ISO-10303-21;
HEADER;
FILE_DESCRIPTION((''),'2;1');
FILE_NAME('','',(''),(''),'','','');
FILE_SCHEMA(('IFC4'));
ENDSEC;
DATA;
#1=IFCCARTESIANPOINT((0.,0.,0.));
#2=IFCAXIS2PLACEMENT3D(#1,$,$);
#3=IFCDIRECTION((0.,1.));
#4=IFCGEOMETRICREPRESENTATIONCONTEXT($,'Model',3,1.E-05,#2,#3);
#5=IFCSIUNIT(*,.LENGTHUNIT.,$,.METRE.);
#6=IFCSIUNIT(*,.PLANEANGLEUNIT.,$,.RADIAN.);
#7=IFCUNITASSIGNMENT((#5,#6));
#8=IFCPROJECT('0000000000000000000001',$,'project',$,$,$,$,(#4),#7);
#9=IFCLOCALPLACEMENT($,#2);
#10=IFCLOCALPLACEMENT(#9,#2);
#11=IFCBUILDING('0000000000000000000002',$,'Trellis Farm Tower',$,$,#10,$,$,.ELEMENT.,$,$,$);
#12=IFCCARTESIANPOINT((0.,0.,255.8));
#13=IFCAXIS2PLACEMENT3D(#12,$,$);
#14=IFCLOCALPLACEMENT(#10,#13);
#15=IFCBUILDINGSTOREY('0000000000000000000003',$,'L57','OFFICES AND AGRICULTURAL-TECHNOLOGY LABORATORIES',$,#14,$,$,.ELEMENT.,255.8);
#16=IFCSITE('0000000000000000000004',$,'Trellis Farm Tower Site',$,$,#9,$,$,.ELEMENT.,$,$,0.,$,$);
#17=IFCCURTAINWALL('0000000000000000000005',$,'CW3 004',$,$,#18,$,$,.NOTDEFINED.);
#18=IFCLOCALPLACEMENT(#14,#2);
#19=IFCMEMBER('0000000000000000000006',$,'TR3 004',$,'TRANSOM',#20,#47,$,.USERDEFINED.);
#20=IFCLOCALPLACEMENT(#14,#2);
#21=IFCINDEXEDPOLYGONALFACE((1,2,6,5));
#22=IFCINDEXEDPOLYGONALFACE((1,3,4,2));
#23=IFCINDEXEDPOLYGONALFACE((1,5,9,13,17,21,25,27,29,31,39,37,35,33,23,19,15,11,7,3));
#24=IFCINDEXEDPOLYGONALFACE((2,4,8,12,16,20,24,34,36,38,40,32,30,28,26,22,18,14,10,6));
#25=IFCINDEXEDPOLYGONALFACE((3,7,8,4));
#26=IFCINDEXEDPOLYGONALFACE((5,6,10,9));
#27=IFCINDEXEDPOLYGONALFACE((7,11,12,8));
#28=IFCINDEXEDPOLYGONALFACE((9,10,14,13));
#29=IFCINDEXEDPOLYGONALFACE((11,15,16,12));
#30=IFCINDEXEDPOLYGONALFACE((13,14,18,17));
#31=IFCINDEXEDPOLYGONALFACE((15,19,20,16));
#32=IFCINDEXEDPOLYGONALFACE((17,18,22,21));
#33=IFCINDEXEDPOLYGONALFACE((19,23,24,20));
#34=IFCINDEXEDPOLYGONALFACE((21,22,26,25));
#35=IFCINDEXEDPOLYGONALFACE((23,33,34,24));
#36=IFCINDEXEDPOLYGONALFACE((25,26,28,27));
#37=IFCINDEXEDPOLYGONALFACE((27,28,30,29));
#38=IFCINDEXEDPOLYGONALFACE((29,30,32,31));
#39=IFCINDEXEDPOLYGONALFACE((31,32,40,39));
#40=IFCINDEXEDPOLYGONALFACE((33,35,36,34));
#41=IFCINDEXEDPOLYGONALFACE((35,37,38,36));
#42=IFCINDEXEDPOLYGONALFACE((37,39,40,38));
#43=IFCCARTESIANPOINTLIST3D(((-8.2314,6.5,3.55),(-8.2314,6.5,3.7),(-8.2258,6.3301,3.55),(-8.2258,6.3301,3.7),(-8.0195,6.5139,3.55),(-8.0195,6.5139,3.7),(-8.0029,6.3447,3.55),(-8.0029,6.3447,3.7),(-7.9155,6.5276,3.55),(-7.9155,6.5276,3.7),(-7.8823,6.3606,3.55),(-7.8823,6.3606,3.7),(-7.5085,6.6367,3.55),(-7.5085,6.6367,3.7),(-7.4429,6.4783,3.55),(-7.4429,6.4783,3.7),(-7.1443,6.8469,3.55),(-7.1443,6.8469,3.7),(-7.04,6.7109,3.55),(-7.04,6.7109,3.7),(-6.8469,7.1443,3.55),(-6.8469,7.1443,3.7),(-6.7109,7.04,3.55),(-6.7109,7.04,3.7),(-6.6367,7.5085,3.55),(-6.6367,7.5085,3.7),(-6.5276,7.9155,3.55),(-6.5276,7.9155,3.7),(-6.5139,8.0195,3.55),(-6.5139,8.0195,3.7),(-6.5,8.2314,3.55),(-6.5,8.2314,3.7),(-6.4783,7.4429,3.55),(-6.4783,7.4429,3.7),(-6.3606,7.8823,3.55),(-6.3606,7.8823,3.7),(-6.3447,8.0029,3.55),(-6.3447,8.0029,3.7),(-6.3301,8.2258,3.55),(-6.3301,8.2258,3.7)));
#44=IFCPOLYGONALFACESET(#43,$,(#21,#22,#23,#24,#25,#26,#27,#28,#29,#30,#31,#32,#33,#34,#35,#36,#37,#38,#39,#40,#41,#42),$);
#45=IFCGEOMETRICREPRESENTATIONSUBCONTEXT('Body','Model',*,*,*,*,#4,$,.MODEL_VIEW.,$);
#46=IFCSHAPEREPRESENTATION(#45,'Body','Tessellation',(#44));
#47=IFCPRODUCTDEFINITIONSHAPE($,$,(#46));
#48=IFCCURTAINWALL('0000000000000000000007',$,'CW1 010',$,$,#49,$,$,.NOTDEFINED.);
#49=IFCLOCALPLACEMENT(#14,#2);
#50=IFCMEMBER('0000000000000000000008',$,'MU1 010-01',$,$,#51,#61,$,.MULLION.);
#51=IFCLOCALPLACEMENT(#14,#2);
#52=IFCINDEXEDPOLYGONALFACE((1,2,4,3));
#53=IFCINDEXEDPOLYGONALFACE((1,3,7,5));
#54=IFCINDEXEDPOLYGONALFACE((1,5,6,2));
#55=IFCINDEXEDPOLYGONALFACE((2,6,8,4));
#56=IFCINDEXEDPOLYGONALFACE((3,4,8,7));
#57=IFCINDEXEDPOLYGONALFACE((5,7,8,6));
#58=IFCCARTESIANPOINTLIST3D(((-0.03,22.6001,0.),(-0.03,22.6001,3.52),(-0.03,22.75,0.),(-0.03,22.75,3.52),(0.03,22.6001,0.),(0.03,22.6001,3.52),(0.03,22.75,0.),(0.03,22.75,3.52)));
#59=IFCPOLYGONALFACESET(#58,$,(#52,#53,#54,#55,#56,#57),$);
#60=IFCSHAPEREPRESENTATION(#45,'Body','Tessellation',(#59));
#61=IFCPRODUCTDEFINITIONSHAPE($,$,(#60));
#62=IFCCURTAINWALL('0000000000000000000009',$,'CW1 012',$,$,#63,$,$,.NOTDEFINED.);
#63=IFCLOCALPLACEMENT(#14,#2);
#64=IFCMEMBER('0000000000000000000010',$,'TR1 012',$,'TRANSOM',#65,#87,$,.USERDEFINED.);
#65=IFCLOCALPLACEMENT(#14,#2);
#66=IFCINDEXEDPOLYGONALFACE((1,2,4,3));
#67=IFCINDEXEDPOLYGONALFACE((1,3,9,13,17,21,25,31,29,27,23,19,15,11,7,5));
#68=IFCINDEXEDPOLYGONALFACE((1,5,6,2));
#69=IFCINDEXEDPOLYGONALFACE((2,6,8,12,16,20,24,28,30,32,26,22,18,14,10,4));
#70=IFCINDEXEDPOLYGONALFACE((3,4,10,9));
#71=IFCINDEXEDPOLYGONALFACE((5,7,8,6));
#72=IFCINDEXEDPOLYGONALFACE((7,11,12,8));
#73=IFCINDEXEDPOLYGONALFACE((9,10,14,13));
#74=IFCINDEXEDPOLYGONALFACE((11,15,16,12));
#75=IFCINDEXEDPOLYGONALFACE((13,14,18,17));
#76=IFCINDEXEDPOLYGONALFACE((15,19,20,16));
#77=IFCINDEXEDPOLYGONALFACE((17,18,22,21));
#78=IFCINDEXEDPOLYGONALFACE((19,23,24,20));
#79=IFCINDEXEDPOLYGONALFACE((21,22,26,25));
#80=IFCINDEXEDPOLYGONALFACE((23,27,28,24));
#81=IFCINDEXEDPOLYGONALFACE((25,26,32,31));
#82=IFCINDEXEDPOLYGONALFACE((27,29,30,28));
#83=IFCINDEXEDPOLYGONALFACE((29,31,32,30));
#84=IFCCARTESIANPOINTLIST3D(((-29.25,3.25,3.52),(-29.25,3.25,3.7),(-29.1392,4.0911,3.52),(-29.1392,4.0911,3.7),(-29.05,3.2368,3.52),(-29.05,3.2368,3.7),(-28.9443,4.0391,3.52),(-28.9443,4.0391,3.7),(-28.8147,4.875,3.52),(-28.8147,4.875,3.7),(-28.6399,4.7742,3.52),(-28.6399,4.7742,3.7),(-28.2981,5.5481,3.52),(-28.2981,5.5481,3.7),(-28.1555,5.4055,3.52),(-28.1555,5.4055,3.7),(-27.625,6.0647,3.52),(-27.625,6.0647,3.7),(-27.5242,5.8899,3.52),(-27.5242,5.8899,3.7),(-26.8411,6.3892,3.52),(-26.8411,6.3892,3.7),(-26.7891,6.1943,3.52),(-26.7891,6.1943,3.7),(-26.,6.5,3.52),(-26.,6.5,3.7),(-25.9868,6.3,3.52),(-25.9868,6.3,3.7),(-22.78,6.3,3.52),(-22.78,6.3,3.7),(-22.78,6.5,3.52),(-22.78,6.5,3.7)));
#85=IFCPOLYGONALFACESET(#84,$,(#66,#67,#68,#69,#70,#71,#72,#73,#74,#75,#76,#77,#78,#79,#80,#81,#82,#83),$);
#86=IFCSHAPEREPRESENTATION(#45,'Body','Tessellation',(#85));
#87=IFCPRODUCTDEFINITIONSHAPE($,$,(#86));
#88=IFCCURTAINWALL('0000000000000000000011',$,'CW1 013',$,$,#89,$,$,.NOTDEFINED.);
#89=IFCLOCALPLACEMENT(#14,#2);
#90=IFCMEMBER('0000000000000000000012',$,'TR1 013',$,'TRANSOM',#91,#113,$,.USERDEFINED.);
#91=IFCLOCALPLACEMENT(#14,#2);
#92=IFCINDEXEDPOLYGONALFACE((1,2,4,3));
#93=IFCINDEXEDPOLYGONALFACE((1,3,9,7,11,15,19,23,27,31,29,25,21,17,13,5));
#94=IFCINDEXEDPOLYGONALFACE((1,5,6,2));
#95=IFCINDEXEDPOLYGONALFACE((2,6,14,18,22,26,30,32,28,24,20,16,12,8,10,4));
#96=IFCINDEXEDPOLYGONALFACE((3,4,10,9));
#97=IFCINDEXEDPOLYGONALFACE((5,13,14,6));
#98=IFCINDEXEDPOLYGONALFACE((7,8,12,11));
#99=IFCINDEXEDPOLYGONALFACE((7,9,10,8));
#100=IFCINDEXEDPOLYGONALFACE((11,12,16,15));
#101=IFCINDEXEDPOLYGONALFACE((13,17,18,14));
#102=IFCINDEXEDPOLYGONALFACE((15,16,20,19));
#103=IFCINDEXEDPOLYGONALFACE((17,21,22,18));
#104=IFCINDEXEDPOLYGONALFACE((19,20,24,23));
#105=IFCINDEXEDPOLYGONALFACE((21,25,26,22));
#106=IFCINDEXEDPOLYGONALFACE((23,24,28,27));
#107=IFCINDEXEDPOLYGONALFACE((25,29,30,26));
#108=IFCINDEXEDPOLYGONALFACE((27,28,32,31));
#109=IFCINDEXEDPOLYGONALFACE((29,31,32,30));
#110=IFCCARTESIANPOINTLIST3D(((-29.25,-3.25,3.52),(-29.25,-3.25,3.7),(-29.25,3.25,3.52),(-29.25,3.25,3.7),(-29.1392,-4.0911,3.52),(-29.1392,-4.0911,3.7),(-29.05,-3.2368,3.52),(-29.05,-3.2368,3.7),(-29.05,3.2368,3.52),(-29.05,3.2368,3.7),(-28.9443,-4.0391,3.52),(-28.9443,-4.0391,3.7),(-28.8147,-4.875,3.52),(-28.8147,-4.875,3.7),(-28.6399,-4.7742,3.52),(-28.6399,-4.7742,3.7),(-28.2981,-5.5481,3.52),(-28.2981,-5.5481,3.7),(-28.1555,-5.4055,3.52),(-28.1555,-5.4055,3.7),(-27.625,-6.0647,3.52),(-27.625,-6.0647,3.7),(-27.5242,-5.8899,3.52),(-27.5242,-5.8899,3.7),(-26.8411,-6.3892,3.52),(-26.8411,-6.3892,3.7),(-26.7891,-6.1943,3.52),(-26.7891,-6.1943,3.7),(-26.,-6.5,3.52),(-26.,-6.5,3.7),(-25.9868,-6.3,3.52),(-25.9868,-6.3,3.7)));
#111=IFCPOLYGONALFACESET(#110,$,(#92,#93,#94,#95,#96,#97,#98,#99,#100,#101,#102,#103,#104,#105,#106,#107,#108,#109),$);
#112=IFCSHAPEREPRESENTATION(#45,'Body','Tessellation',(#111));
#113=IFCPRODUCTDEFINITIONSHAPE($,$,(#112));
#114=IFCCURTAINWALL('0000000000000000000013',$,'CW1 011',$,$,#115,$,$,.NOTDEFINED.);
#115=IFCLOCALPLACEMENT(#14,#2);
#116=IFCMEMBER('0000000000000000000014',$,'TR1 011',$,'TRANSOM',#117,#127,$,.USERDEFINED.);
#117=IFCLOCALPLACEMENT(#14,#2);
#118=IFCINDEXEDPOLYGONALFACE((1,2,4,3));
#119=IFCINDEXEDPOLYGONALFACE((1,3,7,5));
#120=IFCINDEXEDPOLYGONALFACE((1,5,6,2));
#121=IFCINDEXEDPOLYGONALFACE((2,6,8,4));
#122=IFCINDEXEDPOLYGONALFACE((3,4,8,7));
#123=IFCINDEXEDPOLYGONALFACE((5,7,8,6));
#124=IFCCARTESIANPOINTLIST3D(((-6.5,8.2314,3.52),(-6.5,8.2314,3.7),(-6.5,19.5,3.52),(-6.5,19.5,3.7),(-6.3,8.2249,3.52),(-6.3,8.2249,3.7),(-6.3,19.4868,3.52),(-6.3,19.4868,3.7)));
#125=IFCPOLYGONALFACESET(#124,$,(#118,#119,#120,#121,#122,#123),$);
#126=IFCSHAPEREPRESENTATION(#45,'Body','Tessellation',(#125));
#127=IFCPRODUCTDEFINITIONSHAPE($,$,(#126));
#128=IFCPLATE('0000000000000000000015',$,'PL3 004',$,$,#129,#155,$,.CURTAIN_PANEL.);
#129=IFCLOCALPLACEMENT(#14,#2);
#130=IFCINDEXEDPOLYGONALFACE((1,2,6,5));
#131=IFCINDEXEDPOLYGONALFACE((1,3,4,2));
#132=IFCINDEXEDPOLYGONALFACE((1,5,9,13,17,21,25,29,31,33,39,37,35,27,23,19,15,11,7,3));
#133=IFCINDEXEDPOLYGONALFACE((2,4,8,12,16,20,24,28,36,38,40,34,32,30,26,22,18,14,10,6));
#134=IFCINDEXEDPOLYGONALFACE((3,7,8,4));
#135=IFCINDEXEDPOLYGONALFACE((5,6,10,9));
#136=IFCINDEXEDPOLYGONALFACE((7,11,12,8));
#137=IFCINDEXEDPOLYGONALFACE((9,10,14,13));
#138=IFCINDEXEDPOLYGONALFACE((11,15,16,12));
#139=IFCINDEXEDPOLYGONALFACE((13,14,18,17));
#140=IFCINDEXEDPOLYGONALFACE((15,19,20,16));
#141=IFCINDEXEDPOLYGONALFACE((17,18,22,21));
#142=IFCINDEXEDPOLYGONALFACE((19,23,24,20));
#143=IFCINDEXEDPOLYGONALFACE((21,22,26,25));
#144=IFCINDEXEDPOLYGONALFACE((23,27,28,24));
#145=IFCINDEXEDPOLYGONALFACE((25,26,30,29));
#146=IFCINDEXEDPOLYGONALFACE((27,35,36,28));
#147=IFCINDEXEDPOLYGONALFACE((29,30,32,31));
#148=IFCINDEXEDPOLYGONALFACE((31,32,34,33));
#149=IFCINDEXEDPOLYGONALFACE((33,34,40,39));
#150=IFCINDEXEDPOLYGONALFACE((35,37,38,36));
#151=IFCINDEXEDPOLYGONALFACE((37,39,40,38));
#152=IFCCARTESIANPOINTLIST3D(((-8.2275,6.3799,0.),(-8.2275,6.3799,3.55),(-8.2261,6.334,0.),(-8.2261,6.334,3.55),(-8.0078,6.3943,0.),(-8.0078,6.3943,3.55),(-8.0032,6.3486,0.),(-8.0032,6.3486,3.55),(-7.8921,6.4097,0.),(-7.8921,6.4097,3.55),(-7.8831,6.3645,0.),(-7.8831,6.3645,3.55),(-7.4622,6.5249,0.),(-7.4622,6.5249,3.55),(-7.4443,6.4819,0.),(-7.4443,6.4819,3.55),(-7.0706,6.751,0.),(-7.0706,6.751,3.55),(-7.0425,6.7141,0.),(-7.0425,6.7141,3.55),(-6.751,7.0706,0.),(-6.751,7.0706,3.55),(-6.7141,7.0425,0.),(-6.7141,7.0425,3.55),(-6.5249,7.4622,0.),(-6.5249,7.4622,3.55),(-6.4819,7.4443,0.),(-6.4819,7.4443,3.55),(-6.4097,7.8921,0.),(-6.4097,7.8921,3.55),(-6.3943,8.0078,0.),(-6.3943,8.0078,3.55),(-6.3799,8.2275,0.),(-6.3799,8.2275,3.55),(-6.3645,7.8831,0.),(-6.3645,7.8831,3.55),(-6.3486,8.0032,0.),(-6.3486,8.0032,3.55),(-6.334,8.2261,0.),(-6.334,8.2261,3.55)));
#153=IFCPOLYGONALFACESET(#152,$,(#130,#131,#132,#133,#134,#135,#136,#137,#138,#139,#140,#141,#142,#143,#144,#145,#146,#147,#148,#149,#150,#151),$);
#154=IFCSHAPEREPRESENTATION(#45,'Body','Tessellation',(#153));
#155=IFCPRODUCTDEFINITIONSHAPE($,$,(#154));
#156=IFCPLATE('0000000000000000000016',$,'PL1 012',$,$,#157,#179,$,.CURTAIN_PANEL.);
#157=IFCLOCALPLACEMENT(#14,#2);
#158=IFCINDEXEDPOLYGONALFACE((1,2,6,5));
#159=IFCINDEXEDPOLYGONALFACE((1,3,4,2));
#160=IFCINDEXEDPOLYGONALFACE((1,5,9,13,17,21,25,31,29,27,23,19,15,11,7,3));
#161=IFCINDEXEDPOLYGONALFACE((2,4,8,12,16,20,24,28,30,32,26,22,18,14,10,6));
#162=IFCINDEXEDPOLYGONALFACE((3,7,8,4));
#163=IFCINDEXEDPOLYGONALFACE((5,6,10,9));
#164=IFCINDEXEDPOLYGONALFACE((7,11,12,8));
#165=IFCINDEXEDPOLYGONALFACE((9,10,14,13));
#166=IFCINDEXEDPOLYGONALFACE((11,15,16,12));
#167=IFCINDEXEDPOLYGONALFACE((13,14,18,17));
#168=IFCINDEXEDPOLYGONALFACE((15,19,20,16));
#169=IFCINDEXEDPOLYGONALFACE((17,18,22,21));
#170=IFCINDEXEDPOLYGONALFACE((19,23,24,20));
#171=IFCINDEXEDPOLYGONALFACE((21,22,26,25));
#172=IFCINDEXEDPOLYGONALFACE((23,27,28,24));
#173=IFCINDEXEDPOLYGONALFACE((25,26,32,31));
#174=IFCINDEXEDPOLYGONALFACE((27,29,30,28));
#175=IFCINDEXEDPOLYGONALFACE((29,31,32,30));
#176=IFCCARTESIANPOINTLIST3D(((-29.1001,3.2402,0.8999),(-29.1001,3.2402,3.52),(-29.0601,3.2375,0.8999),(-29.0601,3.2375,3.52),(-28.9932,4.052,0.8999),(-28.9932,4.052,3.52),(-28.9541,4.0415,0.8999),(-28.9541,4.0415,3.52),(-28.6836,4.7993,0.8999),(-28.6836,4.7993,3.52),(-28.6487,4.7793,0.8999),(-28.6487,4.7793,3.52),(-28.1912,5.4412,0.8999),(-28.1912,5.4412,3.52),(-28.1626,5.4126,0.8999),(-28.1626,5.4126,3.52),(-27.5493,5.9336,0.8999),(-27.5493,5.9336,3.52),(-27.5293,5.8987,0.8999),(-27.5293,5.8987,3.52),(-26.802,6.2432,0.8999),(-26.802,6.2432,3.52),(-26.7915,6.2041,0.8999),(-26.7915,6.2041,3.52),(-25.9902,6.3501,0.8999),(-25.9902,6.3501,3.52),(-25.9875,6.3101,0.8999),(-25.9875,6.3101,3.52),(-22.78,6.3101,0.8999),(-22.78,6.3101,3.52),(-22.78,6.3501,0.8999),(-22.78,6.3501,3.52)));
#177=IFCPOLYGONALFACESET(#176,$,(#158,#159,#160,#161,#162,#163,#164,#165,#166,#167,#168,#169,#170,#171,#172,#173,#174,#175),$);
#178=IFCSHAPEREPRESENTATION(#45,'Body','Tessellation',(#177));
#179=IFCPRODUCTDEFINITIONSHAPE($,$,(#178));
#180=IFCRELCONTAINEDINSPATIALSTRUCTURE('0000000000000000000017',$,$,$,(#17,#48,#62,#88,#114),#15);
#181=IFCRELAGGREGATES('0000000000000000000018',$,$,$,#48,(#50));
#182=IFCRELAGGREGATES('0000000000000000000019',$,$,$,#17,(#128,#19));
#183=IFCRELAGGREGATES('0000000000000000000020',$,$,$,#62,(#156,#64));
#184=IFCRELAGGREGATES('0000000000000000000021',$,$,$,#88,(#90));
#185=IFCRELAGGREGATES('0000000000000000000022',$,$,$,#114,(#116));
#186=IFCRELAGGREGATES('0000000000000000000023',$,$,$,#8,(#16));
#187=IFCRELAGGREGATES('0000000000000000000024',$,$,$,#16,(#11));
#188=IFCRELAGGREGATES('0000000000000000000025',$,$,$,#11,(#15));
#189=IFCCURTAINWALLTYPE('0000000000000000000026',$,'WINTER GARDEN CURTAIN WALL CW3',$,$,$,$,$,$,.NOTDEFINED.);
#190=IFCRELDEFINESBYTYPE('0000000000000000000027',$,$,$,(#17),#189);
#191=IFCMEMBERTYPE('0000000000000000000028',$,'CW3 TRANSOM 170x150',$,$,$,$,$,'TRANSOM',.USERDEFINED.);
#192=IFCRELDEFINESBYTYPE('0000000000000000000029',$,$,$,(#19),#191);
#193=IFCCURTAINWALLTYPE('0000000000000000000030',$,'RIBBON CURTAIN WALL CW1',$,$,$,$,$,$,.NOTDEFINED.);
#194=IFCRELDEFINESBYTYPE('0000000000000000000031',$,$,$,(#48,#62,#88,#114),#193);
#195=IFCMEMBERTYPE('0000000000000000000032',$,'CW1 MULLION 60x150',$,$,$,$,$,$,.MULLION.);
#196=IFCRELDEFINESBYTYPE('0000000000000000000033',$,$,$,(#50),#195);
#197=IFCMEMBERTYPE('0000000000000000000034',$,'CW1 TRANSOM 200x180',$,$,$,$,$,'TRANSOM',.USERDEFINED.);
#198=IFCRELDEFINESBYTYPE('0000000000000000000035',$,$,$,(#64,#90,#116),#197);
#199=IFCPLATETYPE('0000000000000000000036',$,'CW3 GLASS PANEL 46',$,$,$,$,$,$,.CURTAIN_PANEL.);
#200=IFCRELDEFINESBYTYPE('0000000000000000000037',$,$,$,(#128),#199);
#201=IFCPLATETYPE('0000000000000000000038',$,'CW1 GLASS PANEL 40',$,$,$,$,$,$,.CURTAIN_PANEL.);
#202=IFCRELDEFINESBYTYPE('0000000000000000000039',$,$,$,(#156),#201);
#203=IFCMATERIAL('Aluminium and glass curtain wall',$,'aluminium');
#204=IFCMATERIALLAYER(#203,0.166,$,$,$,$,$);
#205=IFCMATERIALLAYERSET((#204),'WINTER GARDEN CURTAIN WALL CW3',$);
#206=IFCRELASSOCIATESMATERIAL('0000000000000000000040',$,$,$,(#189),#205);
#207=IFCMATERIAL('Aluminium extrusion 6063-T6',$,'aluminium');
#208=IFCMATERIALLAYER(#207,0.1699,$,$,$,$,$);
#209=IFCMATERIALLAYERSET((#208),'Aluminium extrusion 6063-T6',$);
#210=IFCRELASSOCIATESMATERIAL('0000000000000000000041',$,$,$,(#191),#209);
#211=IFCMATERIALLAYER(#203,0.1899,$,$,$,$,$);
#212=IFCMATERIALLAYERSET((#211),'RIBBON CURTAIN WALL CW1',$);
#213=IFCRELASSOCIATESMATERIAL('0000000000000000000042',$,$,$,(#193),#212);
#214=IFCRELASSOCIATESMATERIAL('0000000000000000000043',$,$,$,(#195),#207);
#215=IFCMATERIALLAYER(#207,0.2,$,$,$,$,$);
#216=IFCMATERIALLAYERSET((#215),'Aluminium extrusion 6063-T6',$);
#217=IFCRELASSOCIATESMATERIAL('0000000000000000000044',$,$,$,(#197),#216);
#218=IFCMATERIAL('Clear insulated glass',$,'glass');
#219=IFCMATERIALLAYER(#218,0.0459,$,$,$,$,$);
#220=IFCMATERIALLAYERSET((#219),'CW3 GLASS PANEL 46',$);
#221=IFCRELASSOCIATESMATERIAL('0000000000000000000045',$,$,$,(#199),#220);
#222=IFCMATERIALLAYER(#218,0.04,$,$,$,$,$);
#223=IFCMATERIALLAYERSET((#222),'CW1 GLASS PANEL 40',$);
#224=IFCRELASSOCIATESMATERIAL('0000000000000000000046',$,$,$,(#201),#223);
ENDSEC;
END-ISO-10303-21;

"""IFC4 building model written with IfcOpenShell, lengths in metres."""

from ifc_helpers import new_model, si_unit, direction, frame, origin, origin_2d, place, context, subcontext, project, spatial, polyline, rectangle, outline, extrude, source, transform, mapped, material, layer, layer_set, material_profile, profile_set, type_object, element, aggregate, save


model = new_model("IFC4")

# Units and contexts
model_context = context("Model", 3, precision=1e-05, world=origin(), true_north=direction((0.0, 1.0)))
body_context = subcontext(model_context, "Body", "Model", "MODEL_VIEW")
ifc_project = project(units=[si_unit("LENGTHUNIT", "METRE"), si_unit("PLANEANGLEUNIT", "RADIAN")], contexts=[model_context])

# Site, building, storey
site_placement = place(None, origin())
site = spatial("IfcSite", under=ifc_project, at=site_placement, Name="Trellis Farm Tower Site", CompositionType="ELEMENT", RefElevation=0.0)
building_placement = place(site_placement, origin())
building = spatial("IfcBuilding", under=site, at=building_placement, Name="Trellis Farm Tower", CompositionType="ELEMENT")
storey_placement = place(building_placement, frame((0.0, 0.0, 255.8)))
storey = spatial("IfcBuildingStorey", under=building, at=storey_placement, Name="L57", Description="OFFICES AND AGRICULTURAL-TECHNOLOGY LABORATORIES", CompositionType="ELEMENT", Elevation=255.8)

# Curtain walls, members
ifc_material_1 = material(Name="Aluminium and glass curtain wall", Category="aluminium")
ifc_layer_1 = layer(ifc_material_1, 0.166)
ifc_layer_set_1 = layer_set([ifc_layer_1], Name="WINTER GARDEN CURTAIN WALL CW3")
curtain_wall_type_1 = type_object("IfcCurtainWallType", Name="WINTER GARDEN CURTAIN WALL CW3", PredefinedType="NOTDEFINED", material=ifc_layer_set_1)
placement_1 = place(storey_placement, origin())
curtain_wall_1 = element("IfcCurtainWall", 1, at=placement_1, inside=storey, type_object=curtain_wall_type_1, Name="CW3 004", PredefinedType="NOTDEFINED")
ifc_material_2 = material(Name="Aluminium extrusion 6063-T6", Category="aluminium")
ifc_layer_2 = layer(ifc_material_2, 0.1699)
ifc_layer_set_2 = layer_set([ifc_layer_2], Name="Aluminium extrusion 6063-T6")
member_type_1 = type_object("IfcMemberType", Name="CW3 TRANSOM 170x150", ElementType="TRANSOM", PredefinedType="USERDEFINED", material=ifc_layer_set_2)
shared_shape_1 = source(origin(), body_context, "Body", "SweptSolid", [
    extrude(outline(polyline([(-6.5, 8.2314), (-6.5139, 8.0195), (-6.5276, 7.9155), (-6.6367, 7.5085), (-6.8469, 7.1443), (-7.1443, 6.8469), (-7.5085, 6.6367), (-7.9155, 6.5276), (-8.0195, 6.5139), (-8.2314, 6.5), (-8.2258, 6.3301), (-8.0029, 6.3447), (-7.8823, 6.3606), (-7.4429, 6.4783), (-7.04, 6.7109), (-6.7109, 7.04), (-6.4783, 7.4429), (-6.3606, 7.8823), (-6.3447, 8.0029), (-6.3301, 8.2258), (-6.5, 8.2314)])), origin(), (0.0, 0.0, 1.0), 0.1499),
])
member_1_placement = place(storey_placement, frame((0.0, 0.0, 3.55)))
member_1 = element("IfcMember", 2, at=member_1_placement, type_object=member_type_1, Name="TR3 004", ObjectType="TRANSOM", PredefinedType="USERDEFINED", context=body_context, shape_type="MappedRepresentation", body=[
    mapped(shared_shape_1, transform((0.0, 0.0, 0.0))),
])
ifc_layer_3 = layer(ifc_material_1, 0.1899)
ifc_layer_set_3 = layer_set([ifc_layer_3], Name="RIBBON CURTAIN WALL CW1")
curtain_wall_type_2 = type_object("IfcCurtainWallType", Name="RIBBON CURTAIN WALL CW1", PredefinedType="NOTDEFINED", material=ifc_layer_set_3)
curtain_wall_2 = element("IfcCurtainWall", 3, at=placement_1, inside=storey, type_object=curtain_wall_type_2, Name="CW1 010", PredefinedType="NOTDEFINED")
ifc_material_profile = material_profile(ifc_material_2, rectangle(XDim=0.0601, YDim=0.1499, at=origin_2d()), Name="MULLION 60x150")
ifc_profile_set = profile_set([ifc_material_profile], Name="Aluminium extrusion 6063-T6")
member_type_2 = type_object("IfcMemberType", Name="CW1 MULLION 60x150", PredefinedType="MULLION", material=ifc_profile_set)
shared_shape_2 = source(origin(), body_context, "Body", "SweptSolid", [
    extrude(rectangle(XDim=0.0601, YDim=0.1499, at=origin_2d()), origin(), (0.0, 0.0, 1.0), 3.52),
])
member_2_placement = place(storey_placement, frame((0.0, 22.675, 0.0), z_axis=(0.0, 0.0, 1.0), x_axis=(-1.0, 0.0, 0.0)))
member_2 = element("IfcMember", 4, at=member_2_placement, type_object=member_type_2, Name="MU1 010-01", PredefinedType="MULLION", context=body_context, shape_type="MappedRepresentation", body=[
    mapped(shared_shape_2, transform((0.0, 0.0, 0.0))),
])
aggregate(curtain_wall_2, [member_2])
curtain_wall_3 = element("IfcCurtainWall", 5, at=placement_1, inside=storey, type_object=curtain_wall_type_2, Name="CW1 012", PredefinedType="NOTDEFINED")
ifc_layer_4 = layer(ifc_material_2, 0.2)
ifc_layer_set_4 = layer_set([ifc_layer_4], Name="Aluminium extrusion 6063-T6")
member_type_3 = type_object("IfcMemberType", Name="CW1 TRANSOM 200x180", ElementType="TRANSOM", PredefinedType="USERDEFINED", material=ifc_layer_set_4)
shared_shape_3 = source(origin(), body_context, "Body", "SweptSolid", [
    extrude(outline(polyline([(-22.78, 6.5), (-26.0, 6.5), (-26.8411, 6.3892), (-27.625, 6.0647), (-28.2981, 5.5481), (-28.8147, 4.875), (-29.1392, 4.0911), (-29.25, 3.25), (-29.05, 3.2368), (-28.9443, 4.0391), (-28.6399, 4.7742), (-28.1555, 5.4055), (-27.5242, 5.8899), (-26.7891, 6.1943), (-25.9868, 6.3), (-22.78, 6.3), (-22.78, 6.5)])), origin(), (0.0, 0.0, 1.0), 0.1799),
])
placement_2 = place(storey_placement, frame((0.0, 0.0, 3.52)))
member_3 = element("IfcMember", 6, at=placement_2, type_object=member_type_3, Name="TR1 012", ObjectType="TRANSOM", PredefinedType="USERDEFINED", context=body_context, shape_type="MappedRepresentation", body=[
    mapped(shared_shape_3, transform((0.0, 0.0, 0.0))),
])
curtain_wall_4 = element("IfcCurtainWall", 7, at=placement_1, inside=storey, type_object=curtain_wall_type_2, Name="CW1 013", PredefinedType="NOTDEFINED")
shared_shape_4 = source(origin(), body_context, "Body", "SweptSolid", [
    extrude(outline(polyline([(-29.25, 3.25), (-29.25, -3.25), (-29.1392, -4.0911), (-28.8147, -4.875), (-28.2981, -5.5481), (-27.625, -6.0647), (-26.8411, -6.3892), (-26.0, -6.5), (-25.9868, -6.3), (-26.7891, -6.1943), (-27.5242, -5.8899), (-28.1555, -5.4055), (-28.6399, -4.7742), (-28.9443, -4.0391), (-29.05, -3.2368), (-29.05, 3.2368), (-29.25, 3.25)])), origin(), (0.0, 0.0, 1.0), 0.1799),
])
member_4 = element("IfcMember", 8, at=placement_2, type_object=member_type_3, Name="TR1 013", ObjectType="TRANSOM", PredefinedType="USERDEFINED", context=body_context, shape_type="MappedRepresentation", body=[
    mapped(shared_shape_4, transform((0.0, 0.0, 0.0))),
])
curtain_wall_5 = element("IfcCurtainWall", 9, at=placement_1, inside=storey, type_object=curtain_wall_type_2, Name="CW1 011", PredefinedType="NOTDEFINED")
shared_shape_5 = source(origin(), body_context, "Body", "SweptSolid", [
    extrude(outline(polyline([(-6.5, 19.5), (-6.5, 8.2314), (-6.3, 8.2249), (-6.3, 19.4868), (-6.5, 19.5)])), origin(), (0.0, 0.0, 1.0), 0.1799),
])
member_5 = element("IfcMember", 10, at=placement_2, type_object=member_type_3, Name="TR1 011", ObjectType="TRANSOM", PredefinedType="USERDEFINED", context=body_context, shape_type="MappedRepresentation", body=[
    mapped(shared_shape_5, transform((0.0, 0.0, 0.0))),
])

# Plates
ifc_material_3 = material(Name="Clear insulated glass", Category="glass")
ifc_layer_5 = layer(ifc_material_3, 0.0459)
ifc_layer_set_5 = layer_set([ifc_layer_5], Name="CW3 GLASS PANEL 46")
plate_type_1 = type_object("IfcPlateType", Name="CW3 GLASS PANEL 46", PredefinedType="CURTAIN_PANEL", material=ifc_layer_set_5)
shared_shape_6 = source(origin(), body_context, "Body", "SweptSolid", [
    extrude(outline(polyline([(-6.3799, 8.2275), (-6.3943, 8.0078), (-6.4097, 7.8921), (-6.5249, 7.4622), (-6.751, 7.0706), (-7.0706, 6.751), (-7.4622, 6.5249), (-7.8921, 6.4097), (-8.0078, 6.3943), (-8.2275, 6.3799), (-8.2261, 6.334), (-8.0032, 6.3486), (-7.8831, 6.3645), (-7.4443, 6.4819), (-7.0425, 6.7141), (-6.7141, 7.0425), (-6.4819, 7.4443), (-6.3645, 7.8831), (-6.3486, 8.0032), (-6.334, 8.2261), (-6.3799, 8.2275)])), origin(), (0.0, 0.0, 1.0), 3.55),
])
plate_1 = element("IfcPlate", 11, at=placement_1, type_object=plate_type_1, Name="PL3 004", PredefinedType="CURTAIN_PANEL", context=body_context, shape_type="MappedRepresentation", body=[
    mapped(shared_shape_6, transform((0.0, 0.0, 0.0))),
])
aggregate(curtain_wall_1, [plate_1, member_1])
ifc_layer_6 = layer(ifc_material_3, 0.04)
ifc_layer_set_6 = layer_set([ifc_layer_6], Name="CW1 GLASS PANEL 40")
plate_type_2 = type_object("IfcPlateType", Name="CW1 GLASS PANEL 40", PredefinedType="CURTAIN_PANEL", material=ifc_layer_set_6)
shared_shape_7 = source(origin(), body_context, "Body", "SweptSolid", [
    extrude(outline(polyline([(-22.78, 6.3501), (-25.9902, 6.3501), (-26.802, 6.2432), (-27.5493, 5.9336), (-28.1912, 5.4412), (-28.6836, 4.7993), (-28.9932, 4.052), (-29.1001, 3.2402), (-29.0601, 3.2375), (-28.9541, 4.0415), (-28.6487, 4.7793), (-28.1626, 5.4126), (-27.5293, 5.8987), (-26.7915, 6.2041), (-25.9875, 6.3101), (-22.78, 6.3101), (-22.78, 6.3501)])), origin(), (0.0, 0.0, 1.0), 2.6201),
])
placement_3 = place(storey_placement, frame((0.0, 0.0, 0.8999)))
plate_2 = element("IfcPlate", 12, at=placement_3, type_object=plate_type_2, Name="PL1 012", PredefinedType="CURTAIN_PANEL", context=body_context, shape_type="MappedRepresentation", body=[
    mapped(shared_shape_7, transform((0.0, 0.0, 0.0))),
])
aggregate(curtain_wall_3, [plate_2, member_3])
aggregate(curtain_wall_4, [member_4])
aggregate(curtain_wall_5, [member_5])

save(model, "model.ifc")
